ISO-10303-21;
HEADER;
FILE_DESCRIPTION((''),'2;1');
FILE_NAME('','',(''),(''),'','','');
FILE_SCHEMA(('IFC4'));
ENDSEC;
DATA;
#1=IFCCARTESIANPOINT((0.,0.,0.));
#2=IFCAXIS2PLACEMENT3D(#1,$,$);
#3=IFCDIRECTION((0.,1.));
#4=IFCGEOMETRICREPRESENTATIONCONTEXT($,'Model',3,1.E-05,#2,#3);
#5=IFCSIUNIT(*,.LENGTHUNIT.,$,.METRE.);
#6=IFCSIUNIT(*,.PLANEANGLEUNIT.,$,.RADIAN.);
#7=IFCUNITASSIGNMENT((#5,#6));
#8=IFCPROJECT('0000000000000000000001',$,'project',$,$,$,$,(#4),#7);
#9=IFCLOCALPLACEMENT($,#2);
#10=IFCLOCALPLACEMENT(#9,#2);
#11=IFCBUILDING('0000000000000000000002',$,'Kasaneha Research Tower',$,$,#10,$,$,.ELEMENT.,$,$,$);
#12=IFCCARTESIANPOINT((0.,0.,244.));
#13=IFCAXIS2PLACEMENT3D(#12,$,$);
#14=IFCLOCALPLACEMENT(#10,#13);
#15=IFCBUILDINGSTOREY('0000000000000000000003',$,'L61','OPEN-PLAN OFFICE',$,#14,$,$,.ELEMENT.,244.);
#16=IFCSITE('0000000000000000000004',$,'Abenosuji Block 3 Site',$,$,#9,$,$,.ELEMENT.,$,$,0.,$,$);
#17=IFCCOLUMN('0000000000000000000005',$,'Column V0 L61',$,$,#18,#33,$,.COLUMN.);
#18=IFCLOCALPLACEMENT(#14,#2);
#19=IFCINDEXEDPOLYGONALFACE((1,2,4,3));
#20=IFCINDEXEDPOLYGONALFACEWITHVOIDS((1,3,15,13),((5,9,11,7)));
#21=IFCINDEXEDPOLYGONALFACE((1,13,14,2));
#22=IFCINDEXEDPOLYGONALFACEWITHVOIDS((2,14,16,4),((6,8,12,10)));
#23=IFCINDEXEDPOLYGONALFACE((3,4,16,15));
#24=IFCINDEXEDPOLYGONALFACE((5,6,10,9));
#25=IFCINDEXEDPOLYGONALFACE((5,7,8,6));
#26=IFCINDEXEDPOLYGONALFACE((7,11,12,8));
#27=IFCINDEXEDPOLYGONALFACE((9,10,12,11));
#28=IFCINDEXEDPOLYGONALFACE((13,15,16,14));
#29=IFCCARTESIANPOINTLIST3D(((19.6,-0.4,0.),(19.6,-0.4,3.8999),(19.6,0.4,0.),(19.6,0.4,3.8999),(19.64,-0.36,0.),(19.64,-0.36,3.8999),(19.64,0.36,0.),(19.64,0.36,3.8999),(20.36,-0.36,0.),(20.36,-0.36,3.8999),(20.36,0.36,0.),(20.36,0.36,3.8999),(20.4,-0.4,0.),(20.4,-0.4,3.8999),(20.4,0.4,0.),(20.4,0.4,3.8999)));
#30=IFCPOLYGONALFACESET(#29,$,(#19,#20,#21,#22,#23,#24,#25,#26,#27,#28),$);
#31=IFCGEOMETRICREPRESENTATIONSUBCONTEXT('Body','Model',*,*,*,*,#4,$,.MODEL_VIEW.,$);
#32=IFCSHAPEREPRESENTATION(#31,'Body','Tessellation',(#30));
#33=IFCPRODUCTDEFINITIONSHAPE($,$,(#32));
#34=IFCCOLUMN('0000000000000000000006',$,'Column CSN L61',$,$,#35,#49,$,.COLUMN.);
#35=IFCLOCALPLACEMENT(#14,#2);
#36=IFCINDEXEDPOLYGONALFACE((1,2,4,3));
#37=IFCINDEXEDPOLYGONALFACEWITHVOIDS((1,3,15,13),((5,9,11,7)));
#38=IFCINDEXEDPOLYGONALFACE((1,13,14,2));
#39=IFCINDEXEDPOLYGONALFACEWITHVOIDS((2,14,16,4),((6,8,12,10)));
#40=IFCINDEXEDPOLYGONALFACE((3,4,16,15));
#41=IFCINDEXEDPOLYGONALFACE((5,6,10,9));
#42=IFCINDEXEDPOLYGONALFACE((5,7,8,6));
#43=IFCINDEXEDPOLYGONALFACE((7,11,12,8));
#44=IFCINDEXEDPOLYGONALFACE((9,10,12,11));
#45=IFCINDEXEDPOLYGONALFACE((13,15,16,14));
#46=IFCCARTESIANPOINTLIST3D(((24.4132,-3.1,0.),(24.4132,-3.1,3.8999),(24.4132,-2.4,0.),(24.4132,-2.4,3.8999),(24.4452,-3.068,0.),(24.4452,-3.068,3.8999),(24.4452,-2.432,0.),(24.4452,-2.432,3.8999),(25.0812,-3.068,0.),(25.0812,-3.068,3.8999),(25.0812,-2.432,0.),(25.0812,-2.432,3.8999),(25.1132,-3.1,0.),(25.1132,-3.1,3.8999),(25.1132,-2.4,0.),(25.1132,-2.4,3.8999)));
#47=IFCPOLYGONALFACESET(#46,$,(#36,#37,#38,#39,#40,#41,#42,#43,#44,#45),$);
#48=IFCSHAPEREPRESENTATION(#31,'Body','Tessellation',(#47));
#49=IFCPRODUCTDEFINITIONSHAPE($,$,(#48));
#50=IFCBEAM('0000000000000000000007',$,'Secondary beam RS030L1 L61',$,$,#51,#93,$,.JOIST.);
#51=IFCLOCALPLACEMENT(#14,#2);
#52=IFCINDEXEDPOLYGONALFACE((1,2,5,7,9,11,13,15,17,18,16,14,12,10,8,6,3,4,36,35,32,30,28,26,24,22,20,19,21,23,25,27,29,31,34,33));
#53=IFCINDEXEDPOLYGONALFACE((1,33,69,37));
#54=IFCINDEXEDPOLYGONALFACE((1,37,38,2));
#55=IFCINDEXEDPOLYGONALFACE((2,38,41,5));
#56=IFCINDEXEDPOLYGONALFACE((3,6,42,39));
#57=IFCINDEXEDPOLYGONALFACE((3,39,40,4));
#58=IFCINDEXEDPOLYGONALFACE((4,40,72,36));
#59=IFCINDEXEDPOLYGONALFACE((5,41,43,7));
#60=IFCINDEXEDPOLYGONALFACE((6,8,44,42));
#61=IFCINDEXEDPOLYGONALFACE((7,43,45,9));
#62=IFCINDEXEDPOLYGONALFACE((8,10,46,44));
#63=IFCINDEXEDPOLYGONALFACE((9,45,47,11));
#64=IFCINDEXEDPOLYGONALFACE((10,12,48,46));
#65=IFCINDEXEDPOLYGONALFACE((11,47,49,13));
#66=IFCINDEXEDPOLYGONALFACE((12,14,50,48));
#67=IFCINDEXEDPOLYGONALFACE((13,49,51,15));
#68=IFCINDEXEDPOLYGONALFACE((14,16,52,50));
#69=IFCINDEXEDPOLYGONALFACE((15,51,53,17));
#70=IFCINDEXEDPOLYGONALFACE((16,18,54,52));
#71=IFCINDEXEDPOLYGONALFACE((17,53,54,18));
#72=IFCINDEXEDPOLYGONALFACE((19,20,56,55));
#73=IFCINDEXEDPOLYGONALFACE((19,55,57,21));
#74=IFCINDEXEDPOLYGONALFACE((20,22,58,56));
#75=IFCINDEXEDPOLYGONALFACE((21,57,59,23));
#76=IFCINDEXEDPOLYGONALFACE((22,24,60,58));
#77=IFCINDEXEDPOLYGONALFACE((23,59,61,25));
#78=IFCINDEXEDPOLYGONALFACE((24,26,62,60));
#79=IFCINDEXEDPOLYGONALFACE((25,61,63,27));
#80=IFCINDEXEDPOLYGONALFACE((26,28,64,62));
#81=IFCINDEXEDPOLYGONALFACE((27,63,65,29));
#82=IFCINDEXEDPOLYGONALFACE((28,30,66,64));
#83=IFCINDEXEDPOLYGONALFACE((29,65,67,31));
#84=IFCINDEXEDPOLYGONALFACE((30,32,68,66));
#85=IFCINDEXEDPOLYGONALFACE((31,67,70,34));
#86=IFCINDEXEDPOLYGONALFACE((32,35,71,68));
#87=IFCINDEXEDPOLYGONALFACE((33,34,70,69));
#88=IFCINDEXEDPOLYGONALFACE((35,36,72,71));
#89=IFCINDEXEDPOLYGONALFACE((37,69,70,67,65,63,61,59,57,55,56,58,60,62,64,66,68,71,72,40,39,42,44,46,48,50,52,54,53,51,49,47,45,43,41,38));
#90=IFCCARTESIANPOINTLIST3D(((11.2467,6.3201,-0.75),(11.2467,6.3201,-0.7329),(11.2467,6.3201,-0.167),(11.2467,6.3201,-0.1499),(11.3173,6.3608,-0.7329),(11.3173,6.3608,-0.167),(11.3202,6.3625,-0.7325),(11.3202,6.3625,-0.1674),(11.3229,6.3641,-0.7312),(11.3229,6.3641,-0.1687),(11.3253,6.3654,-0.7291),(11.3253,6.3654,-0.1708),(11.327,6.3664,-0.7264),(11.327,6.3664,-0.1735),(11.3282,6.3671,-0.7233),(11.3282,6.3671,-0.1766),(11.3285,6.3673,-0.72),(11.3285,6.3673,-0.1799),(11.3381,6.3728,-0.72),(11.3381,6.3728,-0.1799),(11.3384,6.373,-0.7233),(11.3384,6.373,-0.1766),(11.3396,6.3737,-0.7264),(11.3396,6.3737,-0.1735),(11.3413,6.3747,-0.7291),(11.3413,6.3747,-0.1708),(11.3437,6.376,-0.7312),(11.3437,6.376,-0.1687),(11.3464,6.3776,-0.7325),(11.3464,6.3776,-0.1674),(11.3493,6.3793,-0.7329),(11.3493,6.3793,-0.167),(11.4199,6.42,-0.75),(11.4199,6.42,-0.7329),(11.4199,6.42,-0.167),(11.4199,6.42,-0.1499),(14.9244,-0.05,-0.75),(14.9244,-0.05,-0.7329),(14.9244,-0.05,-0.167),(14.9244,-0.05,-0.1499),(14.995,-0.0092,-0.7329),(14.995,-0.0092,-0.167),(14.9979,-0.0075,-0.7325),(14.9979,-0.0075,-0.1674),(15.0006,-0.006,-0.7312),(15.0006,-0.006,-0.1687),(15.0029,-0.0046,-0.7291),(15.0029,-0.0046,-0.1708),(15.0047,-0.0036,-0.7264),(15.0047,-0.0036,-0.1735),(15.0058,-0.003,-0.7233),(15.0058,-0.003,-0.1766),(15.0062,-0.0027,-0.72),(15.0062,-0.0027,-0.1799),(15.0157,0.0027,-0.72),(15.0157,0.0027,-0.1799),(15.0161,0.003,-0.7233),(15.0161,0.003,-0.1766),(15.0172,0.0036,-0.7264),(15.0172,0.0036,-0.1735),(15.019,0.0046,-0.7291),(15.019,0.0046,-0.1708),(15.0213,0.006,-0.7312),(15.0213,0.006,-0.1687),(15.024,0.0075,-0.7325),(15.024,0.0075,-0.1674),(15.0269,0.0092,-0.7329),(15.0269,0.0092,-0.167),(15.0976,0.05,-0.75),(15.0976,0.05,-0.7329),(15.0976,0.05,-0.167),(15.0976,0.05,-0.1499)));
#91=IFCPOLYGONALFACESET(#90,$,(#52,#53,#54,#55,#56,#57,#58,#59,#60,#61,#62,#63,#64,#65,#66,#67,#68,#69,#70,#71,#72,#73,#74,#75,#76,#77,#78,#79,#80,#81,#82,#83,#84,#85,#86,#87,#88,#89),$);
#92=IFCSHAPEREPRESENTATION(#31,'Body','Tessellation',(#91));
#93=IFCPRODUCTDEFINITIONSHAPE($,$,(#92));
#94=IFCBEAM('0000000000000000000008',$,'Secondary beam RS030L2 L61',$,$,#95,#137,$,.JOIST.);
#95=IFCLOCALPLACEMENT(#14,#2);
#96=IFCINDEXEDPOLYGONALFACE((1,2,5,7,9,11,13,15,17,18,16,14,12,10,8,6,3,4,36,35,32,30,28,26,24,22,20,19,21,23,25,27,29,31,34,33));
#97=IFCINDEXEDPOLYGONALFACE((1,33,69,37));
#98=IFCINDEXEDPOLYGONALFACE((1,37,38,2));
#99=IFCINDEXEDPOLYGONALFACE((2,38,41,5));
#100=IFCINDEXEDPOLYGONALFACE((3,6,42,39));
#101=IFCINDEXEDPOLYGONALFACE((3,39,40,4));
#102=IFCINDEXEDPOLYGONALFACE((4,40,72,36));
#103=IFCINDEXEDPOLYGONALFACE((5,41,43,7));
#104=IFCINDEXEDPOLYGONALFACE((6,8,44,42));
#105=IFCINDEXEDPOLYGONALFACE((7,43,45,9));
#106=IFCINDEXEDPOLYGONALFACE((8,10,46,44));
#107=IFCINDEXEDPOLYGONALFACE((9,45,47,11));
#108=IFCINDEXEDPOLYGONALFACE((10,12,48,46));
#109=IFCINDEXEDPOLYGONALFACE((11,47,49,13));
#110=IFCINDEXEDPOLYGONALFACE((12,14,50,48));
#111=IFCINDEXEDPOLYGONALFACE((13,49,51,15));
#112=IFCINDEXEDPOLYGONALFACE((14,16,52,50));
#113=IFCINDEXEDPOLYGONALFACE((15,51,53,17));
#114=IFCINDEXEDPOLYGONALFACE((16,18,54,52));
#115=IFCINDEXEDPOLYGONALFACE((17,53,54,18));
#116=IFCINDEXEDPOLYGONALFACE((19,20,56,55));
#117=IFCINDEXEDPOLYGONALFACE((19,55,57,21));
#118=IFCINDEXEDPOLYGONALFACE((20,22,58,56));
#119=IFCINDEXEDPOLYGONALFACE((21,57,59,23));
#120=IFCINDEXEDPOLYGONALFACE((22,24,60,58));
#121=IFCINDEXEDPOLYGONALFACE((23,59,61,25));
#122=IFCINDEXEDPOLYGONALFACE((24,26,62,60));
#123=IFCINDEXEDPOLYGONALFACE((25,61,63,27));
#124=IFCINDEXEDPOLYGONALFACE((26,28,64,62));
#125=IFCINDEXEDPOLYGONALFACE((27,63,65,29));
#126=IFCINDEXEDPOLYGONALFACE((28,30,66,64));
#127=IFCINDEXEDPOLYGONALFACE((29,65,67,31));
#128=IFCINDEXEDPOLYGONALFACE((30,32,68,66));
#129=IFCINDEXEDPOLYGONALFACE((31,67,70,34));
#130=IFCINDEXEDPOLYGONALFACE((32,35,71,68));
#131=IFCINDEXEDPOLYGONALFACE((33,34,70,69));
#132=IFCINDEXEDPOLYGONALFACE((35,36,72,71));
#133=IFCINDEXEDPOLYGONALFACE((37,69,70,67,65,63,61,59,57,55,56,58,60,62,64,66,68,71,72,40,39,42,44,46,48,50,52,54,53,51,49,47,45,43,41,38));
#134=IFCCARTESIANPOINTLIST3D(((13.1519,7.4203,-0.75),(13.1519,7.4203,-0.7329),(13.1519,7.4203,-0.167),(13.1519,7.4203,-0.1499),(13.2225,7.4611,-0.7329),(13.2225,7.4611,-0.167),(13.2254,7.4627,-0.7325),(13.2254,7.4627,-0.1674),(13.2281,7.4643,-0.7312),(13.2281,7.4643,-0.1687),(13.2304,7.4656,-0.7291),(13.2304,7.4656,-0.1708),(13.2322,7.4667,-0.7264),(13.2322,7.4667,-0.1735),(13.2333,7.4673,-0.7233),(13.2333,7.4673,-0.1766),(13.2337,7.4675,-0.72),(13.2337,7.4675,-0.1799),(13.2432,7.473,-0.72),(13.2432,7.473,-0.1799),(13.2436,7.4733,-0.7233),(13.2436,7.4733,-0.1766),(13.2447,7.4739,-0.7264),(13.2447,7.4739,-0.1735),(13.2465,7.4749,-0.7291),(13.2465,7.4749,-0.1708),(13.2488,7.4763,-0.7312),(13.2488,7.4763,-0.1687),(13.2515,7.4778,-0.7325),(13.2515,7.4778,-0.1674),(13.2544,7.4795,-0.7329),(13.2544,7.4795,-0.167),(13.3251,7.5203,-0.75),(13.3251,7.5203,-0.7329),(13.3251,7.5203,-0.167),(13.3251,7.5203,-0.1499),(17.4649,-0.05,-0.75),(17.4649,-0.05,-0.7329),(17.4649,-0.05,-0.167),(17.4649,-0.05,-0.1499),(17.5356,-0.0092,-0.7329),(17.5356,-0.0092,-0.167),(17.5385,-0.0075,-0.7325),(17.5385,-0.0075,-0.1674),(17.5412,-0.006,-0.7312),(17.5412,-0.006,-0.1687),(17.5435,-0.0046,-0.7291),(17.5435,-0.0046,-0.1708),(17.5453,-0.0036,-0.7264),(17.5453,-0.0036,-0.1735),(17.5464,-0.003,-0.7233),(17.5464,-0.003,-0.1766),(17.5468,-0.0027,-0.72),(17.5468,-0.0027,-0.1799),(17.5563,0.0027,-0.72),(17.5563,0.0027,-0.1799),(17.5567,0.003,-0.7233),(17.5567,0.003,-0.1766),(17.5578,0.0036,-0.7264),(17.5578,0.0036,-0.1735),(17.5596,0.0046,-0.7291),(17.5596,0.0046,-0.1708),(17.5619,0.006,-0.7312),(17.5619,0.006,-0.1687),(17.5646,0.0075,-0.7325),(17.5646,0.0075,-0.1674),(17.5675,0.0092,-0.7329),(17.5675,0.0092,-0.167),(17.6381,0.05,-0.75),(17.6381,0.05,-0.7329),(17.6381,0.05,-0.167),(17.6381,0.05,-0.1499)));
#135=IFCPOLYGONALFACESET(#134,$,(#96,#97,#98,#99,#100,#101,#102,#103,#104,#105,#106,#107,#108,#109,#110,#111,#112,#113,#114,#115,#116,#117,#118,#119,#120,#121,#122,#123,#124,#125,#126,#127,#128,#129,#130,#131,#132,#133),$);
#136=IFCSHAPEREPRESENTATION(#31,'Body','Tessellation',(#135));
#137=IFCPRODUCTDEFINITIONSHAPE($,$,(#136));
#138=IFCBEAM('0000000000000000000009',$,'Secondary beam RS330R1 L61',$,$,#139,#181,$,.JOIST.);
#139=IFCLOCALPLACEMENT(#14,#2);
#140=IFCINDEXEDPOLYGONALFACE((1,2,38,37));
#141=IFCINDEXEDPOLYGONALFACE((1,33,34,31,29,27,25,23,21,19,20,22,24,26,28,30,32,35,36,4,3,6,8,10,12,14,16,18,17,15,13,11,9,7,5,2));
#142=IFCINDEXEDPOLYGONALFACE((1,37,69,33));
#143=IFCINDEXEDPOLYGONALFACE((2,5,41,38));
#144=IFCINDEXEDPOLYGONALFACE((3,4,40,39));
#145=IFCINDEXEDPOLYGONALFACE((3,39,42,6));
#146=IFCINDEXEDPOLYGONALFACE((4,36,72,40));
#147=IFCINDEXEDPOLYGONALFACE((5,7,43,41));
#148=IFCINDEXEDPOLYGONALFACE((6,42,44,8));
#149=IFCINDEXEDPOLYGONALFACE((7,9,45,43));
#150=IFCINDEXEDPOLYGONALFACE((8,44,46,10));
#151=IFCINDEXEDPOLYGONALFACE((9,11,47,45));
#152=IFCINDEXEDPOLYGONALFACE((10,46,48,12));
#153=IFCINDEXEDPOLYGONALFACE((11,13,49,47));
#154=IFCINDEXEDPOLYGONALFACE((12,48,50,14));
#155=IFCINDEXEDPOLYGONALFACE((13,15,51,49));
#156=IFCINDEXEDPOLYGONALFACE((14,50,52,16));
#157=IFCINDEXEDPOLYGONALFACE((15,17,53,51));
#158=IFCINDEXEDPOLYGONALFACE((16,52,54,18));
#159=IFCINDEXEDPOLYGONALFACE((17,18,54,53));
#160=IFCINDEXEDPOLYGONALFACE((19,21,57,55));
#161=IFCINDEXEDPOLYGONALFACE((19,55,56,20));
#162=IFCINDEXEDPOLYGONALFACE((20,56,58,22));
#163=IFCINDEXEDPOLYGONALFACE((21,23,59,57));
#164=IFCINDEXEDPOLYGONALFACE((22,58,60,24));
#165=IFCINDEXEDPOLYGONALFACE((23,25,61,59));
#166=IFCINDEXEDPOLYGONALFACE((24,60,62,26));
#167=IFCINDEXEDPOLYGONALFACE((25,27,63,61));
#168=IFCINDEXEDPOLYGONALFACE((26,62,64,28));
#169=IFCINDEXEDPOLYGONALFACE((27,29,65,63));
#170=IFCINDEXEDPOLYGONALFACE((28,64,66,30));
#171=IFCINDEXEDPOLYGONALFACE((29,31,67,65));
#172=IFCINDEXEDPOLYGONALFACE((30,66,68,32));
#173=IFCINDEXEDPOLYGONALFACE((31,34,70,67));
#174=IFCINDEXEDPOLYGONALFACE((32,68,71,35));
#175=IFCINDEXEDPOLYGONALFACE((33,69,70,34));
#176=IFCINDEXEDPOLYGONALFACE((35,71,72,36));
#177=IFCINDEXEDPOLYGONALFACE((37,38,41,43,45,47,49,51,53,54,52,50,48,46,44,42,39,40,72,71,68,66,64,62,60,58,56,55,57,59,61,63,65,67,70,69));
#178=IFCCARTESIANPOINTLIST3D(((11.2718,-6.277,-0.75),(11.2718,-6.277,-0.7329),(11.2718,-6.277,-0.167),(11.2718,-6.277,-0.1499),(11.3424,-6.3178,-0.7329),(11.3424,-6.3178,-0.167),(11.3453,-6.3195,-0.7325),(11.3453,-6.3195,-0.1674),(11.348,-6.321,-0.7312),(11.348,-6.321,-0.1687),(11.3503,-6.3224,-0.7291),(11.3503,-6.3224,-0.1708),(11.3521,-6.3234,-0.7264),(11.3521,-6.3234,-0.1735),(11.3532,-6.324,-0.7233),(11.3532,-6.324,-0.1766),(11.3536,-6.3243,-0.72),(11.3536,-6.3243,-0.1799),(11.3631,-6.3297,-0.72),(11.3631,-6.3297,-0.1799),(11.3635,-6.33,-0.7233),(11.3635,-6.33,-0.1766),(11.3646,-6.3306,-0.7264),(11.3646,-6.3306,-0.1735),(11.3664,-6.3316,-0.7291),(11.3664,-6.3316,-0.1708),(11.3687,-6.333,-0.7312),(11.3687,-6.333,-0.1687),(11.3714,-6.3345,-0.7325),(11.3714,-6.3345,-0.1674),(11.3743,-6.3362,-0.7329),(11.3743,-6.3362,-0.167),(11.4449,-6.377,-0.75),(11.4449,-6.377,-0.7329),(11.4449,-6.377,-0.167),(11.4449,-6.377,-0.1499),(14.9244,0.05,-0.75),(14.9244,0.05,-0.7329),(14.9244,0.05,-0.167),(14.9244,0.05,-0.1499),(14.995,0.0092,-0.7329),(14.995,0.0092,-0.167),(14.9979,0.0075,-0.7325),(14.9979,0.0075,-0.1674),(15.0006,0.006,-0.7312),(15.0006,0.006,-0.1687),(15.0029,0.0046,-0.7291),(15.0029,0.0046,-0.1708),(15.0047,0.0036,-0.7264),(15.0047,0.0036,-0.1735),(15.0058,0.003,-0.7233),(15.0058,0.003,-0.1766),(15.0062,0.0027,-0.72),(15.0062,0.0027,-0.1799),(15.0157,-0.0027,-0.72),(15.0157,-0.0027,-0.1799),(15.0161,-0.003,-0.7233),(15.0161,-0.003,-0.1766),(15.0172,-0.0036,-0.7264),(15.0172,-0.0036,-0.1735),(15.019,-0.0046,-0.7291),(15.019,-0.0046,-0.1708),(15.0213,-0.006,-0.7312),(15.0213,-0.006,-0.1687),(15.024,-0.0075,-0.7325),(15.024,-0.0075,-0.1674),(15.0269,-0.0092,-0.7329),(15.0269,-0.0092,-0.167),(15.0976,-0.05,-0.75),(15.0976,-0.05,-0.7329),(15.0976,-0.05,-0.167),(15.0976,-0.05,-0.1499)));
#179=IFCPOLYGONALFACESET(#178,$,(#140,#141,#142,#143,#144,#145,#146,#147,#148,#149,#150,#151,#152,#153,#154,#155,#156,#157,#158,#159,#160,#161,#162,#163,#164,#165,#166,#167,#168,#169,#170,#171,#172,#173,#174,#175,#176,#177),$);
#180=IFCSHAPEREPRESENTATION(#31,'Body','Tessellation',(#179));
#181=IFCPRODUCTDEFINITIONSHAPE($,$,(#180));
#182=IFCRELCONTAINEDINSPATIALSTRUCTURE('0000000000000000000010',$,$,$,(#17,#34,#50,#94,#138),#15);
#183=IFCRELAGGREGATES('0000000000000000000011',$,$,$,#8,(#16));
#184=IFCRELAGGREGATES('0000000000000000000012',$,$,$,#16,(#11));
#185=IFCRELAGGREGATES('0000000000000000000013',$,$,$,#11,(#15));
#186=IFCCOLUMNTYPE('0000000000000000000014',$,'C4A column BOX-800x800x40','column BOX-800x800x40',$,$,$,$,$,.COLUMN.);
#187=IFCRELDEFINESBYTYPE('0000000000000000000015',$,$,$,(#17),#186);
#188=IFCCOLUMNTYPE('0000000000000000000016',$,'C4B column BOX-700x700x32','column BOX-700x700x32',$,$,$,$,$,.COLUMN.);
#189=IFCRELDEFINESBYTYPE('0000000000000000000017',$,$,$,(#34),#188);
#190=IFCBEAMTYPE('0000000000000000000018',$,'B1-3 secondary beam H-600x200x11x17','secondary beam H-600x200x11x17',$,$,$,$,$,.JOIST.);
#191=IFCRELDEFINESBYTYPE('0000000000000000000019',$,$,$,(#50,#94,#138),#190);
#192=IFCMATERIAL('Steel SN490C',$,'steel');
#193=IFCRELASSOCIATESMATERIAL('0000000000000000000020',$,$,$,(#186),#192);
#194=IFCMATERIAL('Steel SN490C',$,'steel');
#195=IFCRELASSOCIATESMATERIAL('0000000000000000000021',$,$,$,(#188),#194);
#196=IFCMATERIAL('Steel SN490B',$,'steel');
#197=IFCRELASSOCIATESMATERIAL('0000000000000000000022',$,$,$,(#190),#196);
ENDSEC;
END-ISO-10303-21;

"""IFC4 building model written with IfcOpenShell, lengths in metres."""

from ifc_helpers import new_model, si_unit, direction, frame, origin, origin_2d, place, context, subcontext, project, spatial, hollow_rectangle, i_section, extrude, material, material_profile, profile_set, type_object, element, save


model = new_model("IFC4")

# Units and contexts
model_context = context("Model", 3, precision=1e-05, world=origin(), true_north=direction((0.0, 1.0)))
body_context = subcontext(model_context, "Body", "Model", "MODEL_VIEW")
ifc_project = project(units=[si_unit("LENGTHUNIT", "METRE"), si_unit("PLANEANGLEUNIT", "RADIAN")], contexts=[model_context])

# Site, building, storey
site_placement = place(None, origin())
site = spatial("IfcSite", under=ifc_project, at=site_placement, Name="Abenosuji Block 3 Site", CompositionType="ELEMENT", RefElevation=0.0)
building_placement = place(site_placement, origin())
building = spatial("IfcBuilding", under=site, at=building_placement, Name="Kasaneha Research Tower", CompositionType="ELEMENT")
storey_placement = place(building_placement, frame((0.0, 0.0, 244.0)))
storey = spatial("IfcBuildingStorey", under=building, at=storey_placement, Name="L61", Description="OPEN-PLAN OFFICE", CompositionType="ELEMENT", Elevation=244.0)

# Columns
ifc_material_1 = material(Name="Steel SN490C", Category="steel")
ifc_material_profile_1 = material_profile(ifc_material_1, hollow_rectangle(XDim=0.8, YDim=0.8, WallThickness=0.04, at=origin_2d()), Name="BOX-800x800x40")
ifc_profile_set_1 = profile_set([ifc_material_profile_1], Name="Steel SN490C")
column_type_1 = type_object("IfcColumnType", Name="C4A column BOX-800x800x40", Description="column BOX-800x800x40", PredefinedType="COLUMN", material=ifc_profile_set_1)
column_1_placement = place(storey_placement, frame((20.0, 0.0, 0.0), z_axis=(0.0, 0.0, 1.0), x_axis=(1.0, 0.0, 0.0)))
element("IfcColumn", 1, at=column_1_placement, inside=storey, type_object=column_type_1, Name="Column V0 L61", PredefinedType="COLUMN", context=body_context, shape_type="SweptSolid", body=[
    extrude(hollow_rectangle(XDim=0.8, YDim=0.8, WallThickness=0.04, at=origin_2d()), origin(), (0.0, 0.0, 1.0), 3.8999),
])
ifc_material_2 = material(Name="Steel SN490C", Category="steel")
ifc_material_profile_2 = material_profile(ifc_material_2, hollow_rectangle(XDim=0.7, YDim=0.7, WallThickness=0.032, at=origin_2d()), Name="BOX-700x700x32")
ifc_profile_set_2 = profile_set([ifc_material_profile_2], Name="Steel SN490C")
column_type_2 = type_object("IfcColumnType", Name="C4B column BOX-700x700x32", Description="column BOX-700x700x32", PredefinedType="COLUMN", material=ifc_profile_set_2)
column_2_placement = place(storey_placement, frame((24.7632, -2.75, 0.0), z_axis=(0.0, 0.0, 1.0), x_axis=(1.0, 0.0, 0.0)))
element("IfcColumn", 2, at=column_2_placement, inside=storey, type_object=column_type_2, Name="Column CSN L61", PredefinedType="COLUMN", context=body_context, shape_type="SweptSolid", body=[
    extrude(hollow_rectangle(XDim=0.7, YDim=0.7, WallThickness=0.032, at=origin_2d()), origin(), (0.0, 0.0, 1.0), 3.8999),
])

# Beams
ifc_material_3 = material(Name="Steel SN490B", Category="steel")
ifc_material_profile_3 = material_profile(ifc_material_3, i_section(OverallWidth=0.2, OverallDepth=0.6001, WebThickness=0.011, FlangeThickness=0.0171, FilletRadius=0.0129, at=origin_2d()), Name="H-600x200x11x17")
ifc_profile_set_3 = profile_set([ifc_material_profile_3], Name="Steel SN490B")
beam_type_1 = type_object("IfcBeamType", Name="B1-3 secondary beam H-600x200x11x17", Description="secondary beam H-600x200x11x17", PredefinedType="JOIST", material=ifc_profile_set_3)
beam_1_placement = place(storey_placement, frame((15.011, 0.0, -0.45), z_axis=(-0.499994, 0.866029, 0.0), x_axis=(-0.866029, -0.499994, 0.0)))
element("IfcBeam", 3, at=beam_1_placement, inside=storey, type_object=beam_type_1, Name="Secondary beam RS030L1 L61", PredefinedType="JOIST", context=body_context, shape_type="SweptSolid", body=[
    extrude(i_section(OverallWidth=0.2, OverallDepth=0.6001, WebThickness=0.011, FlangeThickness=0.0171, FilletRadius=0.0129, at=origin_2d()), origin(), (0.0, 0.0, 1.0), 7.3555),
])
beam_2_placement = place(storey_placement, frame((17.5515, 0.0, -0.45), z_axis=(-0.500005, 0.866023, 0.0), x_axis=(-0.866023, -0.500005, 0.0)))
element("IfcBeam", 4, at=beam_2_placement, inside=storey, type_object=beam_type_1, Name="Secondary beam RS030L2 L61", PredefinedType="JOIST", context=body_context, shape_type="SweptSolid", body=[
    extrude(i_section(OverallWidth=0.2, OverallDepth=0.6001, WebThickness=0.011, FlangeThickness=0.0171, FilletRadius=0.0129, at=origin_2d()), origin(), (0.0, 0.0, 1.0), 8.626),
])
beam_3_placement = place(storey_placement, frame((15.011, 0.0, -0.45), z_axis=(-0.499974, -0.86604, 0.0), x_axis=(0.86604, -0.499974, 0.0)))
element("IfcBeam", 5, at=beam_3_placement, inside=storey, type_object=beam_type_1, Name="Secondary beam RS330R1 L61", PredefinedType="JOIST", context=body_context, shape_type="SweptSolid", body=[
    extrude(i_section(OverallWidth=0.2, OverallDepth=0.6001, WebThickness=0.011, FlangeThickness=0.0171, FilletRadius=0.0129, at=origin_2d()), origin(), (0.0, 0.0, 1.0), 7.3057),
])

save(model, "model.ifc")
